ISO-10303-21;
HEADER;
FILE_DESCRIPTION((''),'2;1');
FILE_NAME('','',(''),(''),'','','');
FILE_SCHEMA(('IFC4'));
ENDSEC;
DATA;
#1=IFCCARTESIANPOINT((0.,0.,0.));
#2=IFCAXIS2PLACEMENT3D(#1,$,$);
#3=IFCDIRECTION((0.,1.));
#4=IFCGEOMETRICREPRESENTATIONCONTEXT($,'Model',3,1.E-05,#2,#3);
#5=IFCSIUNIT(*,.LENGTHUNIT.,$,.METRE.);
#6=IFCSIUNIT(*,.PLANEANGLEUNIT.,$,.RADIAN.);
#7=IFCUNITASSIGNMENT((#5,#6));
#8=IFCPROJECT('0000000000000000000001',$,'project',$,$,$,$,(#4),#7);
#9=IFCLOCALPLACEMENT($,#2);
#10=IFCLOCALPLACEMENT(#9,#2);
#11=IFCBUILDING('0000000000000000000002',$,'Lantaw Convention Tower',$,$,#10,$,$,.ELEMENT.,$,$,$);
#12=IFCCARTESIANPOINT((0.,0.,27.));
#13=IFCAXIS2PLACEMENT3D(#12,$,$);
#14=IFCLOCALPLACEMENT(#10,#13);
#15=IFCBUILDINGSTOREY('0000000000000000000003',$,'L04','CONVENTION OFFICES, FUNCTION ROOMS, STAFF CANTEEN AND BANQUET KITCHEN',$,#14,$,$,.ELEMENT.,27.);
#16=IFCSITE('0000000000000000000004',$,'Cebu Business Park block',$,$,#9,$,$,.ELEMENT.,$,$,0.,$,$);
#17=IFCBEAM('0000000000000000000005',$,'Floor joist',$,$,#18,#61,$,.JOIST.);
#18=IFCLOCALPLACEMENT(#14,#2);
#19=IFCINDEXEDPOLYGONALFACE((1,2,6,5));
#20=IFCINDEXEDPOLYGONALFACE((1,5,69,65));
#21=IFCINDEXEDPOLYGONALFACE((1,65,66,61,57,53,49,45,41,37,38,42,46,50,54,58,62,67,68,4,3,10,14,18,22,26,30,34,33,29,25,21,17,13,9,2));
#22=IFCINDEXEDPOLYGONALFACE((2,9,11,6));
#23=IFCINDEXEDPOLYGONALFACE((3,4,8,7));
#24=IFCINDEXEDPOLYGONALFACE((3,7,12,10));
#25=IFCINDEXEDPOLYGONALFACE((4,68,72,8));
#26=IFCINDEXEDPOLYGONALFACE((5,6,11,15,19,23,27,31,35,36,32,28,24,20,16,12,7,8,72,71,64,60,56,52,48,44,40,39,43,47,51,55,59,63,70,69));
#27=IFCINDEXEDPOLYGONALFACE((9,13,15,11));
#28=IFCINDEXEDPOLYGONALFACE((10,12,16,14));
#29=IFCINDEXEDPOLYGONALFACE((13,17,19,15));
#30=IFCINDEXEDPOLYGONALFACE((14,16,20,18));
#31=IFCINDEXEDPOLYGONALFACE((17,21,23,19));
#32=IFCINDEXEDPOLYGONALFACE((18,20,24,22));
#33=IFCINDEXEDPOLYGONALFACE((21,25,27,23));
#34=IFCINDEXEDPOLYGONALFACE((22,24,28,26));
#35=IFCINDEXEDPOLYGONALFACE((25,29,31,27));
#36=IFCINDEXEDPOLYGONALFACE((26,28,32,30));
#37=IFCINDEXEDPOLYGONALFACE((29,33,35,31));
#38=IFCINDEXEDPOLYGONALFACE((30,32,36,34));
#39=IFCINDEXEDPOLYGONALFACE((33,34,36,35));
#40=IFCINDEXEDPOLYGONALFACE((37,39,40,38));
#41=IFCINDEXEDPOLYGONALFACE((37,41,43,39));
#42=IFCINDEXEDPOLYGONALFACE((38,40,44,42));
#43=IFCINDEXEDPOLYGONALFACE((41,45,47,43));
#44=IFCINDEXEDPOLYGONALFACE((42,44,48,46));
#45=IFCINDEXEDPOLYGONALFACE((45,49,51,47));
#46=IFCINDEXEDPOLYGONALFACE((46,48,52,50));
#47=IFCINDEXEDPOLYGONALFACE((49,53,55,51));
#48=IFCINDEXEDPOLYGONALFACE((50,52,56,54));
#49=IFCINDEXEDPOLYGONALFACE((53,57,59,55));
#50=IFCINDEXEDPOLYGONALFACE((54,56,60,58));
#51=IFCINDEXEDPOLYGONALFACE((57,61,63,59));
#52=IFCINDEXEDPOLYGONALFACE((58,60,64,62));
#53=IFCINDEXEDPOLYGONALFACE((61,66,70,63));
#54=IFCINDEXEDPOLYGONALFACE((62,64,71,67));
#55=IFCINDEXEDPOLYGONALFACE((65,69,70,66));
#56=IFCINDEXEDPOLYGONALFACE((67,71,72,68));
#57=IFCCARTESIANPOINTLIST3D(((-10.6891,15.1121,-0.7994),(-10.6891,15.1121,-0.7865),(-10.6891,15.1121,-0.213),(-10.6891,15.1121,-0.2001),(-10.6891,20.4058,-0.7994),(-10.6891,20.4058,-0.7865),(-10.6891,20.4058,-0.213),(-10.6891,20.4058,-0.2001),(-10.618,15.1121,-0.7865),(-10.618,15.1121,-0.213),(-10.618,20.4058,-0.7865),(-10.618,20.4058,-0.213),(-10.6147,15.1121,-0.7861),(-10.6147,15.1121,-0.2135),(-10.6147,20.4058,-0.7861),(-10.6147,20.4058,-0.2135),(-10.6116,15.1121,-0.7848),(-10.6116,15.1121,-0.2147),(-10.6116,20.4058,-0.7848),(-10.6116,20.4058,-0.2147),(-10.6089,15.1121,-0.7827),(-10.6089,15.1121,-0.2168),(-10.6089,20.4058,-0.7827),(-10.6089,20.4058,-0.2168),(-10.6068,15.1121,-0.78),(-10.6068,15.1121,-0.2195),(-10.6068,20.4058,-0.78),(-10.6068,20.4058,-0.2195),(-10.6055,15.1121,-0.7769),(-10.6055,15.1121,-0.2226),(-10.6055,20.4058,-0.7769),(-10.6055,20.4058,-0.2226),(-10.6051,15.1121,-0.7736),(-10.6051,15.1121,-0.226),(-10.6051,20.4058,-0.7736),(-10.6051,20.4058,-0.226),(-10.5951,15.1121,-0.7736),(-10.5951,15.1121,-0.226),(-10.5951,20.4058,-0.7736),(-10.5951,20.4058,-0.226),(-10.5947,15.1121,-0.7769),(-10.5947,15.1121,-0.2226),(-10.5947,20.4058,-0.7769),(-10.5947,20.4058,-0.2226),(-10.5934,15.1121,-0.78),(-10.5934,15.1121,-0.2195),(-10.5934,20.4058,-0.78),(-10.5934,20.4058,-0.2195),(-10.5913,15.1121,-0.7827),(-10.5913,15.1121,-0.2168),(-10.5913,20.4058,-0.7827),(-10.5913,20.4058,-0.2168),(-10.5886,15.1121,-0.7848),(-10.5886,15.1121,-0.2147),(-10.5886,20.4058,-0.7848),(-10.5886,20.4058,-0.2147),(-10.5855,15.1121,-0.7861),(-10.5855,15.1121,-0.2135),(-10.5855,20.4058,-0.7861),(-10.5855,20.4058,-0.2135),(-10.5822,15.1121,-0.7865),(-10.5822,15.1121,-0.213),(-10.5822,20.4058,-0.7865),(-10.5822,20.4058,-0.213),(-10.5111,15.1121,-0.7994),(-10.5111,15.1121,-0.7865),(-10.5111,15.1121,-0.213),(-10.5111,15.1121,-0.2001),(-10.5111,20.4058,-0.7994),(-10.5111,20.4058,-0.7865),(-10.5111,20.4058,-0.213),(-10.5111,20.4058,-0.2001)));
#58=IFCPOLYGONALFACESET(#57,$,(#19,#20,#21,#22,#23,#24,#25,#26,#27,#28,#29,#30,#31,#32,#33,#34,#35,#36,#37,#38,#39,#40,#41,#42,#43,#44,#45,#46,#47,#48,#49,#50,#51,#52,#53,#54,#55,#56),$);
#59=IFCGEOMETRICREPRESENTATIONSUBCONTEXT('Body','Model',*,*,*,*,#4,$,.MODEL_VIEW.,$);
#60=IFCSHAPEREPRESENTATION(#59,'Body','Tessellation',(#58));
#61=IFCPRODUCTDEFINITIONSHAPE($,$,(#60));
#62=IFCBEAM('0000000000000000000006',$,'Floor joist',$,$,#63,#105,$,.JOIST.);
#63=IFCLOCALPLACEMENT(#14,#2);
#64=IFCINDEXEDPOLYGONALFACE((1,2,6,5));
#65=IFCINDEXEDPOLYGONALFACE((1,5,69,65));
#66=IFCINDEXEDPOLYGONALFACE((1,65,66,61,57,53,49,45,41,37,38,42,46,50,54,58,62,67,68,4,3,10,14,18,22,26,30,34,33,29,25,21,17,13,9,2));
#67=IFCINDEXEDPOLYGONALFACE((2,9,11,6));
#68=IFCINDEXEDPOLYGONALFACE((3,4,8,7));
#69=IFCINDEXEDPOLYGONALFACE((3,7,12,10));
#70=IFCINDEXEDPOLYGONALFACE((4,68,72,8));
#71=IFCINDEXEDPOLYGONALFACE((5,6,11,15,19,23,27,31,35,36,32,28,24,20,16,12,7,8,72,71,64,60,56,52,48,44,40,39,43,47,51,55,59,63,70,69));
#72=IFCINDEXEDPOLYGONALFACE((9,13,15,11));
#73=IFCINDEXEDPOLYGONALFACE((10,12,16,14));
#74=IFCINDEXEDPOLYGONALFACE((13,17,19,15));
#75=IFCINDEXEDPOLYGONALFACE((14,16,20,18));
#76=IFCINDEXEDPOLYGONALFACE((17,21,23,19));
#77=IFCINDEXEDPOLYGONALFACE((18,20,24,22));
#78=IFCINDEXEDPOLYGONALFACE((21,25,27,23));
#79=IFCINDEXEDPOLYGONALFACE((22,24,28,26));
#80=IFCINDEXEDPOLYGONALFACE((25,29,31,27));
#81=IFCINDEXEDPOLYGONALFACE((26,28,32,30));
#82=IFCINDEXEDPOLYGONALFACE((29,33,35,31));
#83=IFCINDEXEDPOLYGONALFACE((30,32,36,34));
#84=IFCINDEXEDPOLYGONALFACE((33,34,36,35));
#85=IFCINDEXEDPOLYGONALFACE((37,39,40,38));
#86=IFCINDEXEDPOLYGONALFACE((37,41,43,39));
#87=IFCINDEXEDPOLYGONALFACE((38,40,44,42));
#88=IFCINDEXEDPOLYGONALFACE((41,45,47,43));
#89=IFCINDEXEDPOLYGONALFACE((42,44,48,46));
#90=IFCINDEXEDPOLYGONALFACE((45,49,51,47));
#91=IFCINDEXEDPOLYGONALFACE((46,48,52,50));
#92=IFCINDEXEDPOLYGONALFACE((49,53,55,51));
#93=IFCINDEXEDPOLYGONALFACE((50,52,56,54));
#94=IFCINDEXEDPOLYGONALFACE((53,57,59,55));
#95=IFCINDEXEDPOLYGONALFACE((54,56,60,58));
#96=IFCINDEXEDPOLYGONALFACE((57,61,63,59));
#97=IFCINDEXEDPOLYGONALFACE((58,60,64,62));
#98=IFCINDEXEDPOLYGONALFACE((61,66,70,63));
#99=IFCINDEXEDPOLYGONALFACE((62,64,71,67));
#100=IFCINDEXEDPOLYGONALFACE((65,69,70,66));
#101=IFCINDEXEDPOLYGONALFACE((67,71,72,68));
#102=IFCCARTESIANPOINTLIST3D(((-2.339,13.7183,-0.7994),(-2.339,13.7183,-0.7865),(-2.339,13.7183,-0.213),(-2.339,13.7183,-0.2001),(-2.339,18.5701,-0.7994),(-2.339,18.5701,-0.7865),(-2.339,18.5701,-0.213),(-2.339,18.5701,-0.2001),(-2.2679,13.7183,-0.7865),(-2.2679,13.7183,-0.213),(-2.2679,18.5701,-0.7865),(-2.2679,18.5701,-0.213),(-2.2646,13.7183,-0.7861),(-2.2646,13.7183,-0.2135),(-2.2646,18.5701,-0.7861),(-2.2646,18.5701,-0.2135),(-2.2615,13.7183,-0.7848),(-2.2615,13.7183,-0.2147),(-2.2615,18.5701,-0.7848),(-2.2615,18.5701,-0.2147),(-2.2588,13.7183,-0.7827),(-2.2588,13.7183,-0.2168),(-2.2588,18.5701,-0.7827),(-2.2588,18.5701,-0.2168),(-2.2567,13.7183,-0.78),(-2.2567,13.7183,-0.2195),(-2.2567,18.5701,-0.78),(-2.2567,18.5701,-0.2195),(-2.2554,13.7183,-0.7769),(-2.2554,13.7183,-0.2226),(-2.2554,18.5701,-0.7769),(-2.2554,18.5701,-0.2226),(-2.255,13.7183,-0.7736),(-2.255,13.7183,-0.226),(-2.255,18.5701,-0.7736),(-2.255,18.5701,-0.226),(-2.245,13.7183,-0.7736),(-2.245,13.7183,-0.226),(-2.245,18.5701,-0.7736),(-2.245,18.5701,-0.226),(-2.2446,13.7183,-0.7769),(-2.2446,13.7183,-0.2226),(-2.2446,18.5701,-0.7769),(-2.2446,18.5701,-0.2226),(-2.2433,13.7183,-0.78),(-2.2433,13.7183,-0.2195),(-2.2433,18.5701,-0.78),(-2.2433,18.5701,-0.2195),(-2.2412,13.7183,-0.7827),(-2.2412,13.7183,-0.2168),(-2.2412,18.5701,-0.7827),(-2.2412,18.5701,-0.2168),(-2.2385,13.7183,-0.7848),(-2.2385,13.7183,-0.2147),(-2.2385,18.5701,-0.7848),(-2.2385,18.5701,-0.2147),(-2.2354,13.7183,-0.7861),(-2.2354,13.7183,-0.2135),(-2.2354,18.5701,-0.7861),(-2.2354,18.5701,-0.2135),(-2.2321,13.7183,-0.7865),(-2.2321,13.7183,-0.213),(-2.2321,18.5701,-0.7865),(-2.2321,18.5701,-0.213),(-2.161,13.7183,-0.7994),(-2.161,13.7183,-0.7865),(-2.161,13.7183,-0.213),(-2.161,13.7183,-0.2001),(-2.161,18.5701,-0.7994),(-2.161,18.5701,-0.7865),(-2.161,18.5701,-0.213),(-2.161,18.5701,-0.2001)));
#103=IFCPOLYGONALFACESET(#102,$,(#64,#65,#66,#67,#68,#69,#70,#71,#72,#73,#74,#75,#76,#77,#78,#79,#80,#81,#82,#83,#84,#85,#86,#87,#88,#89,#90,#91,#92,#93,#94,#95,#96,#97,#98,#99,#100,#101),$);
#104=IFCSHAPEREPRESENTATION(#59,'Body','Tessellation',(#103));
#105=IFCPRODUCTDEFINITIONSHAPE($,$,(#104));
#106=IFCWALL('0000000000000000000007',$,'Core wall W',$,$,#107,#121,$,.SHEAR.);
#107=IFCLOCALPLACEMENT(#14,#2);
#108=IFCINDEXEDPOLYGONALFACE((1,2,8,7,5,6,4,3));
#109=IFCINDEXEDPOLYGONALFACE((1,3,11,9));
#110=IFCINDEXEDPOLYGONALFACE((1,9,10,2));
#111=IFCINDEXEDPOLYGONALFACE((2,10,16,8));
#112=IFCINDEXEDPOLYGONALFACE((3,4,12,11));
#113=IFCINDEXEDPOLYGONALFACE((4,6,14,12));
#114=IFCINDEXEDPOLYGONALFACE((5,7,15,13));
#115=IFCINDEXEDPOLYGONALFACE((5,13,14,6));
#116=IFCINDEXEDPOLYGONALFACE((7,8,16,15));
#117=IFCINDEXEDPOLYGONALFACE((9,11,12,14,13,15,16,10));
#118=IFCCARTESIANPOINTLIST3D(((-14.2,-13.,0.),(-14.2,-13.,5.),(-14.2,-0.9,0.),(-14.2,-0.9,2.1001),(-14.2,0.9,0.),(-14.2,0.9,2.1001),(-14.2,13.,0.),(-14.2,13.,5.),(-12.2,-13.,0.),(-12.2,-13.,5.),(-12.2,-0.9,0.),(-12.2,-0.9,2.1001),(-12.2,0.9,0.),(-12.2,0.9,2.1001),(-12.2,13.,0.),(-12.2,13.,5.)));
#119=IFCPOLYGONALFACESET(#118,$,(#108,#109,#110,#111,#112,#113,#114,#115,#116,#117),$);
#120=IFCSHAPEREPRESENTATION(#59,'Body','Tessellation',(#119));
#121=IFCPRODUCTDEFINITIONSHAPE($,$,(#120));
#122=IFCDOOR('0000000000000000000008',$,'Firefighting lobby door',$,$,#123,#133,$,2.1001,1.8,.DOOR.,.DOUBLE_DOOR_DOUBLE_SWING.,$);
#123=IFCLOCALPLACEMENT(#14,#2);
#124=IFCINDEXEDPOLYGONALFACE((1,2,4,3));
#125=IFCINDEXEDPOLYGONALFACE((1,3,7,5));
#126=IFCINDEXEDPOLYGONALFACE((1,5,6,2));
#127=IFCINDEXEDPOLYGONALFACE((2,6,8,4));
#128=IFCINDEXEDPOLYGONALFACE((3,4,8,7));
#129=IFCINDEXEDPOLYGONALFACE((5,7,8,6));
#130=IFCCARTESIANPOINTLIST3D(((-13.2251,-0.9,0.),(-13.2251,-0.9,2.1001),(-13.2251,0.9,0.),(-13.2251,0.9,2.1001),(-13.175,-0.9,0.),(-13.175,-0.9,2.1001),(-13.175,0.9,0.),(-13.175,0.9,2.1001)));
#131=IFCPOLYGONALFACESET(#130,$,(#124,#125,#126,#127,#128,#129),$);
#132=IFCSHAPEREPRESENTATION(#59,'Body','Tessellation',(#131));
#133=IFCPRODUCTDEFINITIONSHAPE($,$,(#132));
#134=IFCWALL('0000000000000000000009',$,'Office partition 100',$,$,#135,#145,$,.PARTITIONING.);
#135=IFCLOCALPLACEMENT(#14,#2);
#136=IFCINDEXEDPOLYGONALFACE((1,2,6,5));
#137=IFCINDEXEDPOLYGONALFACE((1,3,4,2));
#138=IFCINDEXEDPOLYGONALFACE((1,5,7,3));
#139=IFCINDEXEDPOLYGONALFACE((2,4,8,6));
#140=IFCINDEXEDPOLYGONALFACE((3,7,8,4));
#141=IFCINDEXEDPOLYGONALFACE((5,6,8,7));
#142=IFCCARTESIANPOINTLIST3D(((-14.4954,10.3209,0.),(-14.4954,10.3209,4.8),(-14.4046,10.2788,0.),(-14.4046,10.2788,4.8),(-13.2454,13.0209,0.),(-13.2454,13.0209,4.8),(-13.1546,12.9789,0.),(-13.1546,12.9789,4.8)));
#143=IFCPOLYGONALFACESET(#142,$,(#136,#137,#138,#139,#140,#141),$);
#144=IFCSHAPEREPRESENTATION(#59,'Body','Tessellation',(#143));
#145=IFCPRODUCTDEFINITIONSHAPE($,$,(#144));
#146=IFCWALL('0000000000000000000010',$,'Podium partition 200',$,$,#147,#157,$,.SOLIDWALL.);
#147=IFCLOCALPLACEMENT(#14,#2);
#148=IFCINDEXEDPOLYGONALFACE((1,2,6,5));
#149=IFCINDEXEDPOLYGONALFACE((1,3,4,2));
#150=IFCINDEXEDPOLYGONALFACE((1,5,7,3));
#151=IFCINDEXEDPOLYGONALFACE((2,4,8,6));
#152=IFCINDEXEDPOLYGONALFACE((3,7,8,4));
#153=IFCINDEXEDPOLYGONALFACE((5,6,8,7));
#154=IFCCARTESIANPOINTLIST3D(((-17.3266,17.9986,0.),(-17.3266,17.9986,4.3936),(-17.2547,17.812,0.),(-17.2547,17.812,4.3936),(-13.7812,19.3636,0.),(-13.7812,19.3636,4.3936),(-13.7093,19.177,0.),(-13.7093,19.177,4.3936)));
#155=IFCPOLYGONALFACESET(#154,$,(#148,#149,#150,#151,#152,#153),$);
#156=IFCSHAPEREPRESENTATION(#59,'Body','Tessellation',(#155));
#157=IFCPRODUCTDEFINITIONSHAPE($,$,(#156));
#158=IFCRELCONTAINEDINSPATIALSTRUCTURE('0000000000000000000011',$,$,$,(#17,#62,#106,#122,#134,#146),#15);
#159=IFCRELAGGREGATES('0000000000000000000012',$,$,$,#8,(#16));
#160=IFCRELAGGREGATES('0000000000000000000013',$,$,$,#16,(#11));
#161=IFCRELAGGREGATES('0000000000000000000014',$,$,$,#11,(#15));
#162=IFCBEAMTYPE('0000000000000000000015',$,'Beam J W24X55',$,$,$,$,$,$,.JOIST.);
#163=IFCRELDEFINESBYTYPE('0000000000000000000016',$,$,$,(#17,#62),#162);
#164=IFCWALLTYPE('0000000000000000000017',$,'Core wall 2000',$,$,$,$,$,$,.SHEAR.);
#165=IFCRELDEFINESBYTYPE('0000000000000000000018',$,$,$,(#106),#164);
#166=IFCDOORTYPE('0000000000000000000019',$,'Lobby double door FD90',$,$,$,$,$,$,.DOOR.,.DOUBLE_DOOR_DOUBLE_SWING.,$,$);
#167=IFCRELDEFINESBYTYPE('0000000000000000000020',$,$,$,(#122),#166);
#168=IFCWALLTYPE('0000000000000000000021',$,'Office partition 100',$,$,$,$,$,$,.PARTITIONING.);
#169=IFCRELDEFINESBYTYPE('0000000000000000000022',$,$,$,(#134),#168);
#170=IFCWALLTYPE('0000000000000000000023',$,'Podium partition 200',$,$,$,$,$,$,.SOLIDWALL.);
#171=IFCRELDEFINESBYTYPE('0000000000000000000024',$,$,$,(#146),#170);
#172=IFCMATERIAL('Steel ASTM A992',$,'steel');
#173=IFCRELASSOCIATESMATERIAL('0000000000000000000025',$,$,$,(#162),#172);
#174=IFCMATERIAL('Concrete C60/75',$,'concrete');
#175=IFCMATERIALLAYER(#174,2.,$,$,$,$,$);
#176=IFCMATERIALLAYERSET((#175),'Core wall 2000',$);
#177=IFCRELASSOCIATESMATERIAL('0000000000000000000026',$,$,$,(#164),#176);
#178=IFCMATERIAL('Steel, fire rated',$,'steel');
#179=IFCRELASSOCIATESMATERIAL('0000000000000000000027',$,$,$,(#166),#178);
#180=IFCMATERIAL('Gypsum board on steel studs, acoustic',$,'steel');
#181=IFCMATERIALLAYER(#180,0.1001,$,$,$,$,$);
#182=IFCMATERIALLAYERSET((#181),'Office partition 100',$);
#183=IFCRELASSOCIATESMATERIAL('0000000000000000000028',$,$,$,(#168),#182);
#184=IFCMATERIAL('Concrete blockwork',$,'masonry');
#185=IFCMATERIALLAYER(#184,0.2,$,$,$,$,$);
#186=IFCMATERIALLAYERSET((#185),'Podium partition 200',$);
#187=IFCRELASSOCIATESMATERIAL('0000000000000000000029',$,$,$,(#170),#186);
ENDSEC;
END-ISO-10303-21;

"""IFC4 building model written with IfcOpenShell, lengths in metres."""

from ifc_helpers import new_model, si_unit, direction, frame, frame_2d, origin, origin_2d, place, context, subcontext, project, spatial, rectangle, i_section, extrude, material, layer, layer_set, material_profile, profile_set, type_object, element, fill, save


model = new_model("IFC4")

# Units and contexts
model_context = context("Model", 3, precision=1e-05, world=origin(), true_north=direction((0.0, 1.0)))
body_context = subcontext(model_context, "Body", "Model", "MODEL_VIEW")
ifc_project = project(units=[si_unit("LENGTHUNIT", "METRE"), si_unit("PLANEANGLEUNIT", "RADIAN")], contexts=[model_context])

# Site, building, storey
site_placement = place(None, origin())
site = spatial("IfcSite", under=ifc_project, at=site_placement, Name="Cebu Business Park block", CompositionType="ELEMENT", RefElevation=0.0)
building_placement = place(site_placement, origin())
building = spatial("IfcBuilding", under=site, at=building_placement, Name="Lantaw Convention Tower", CompositionType="ELEMENT")
storey_placement = place(building_placement, frame((0.0, 0.0, 27.0)))
storey = spatial("IfcBuildingStorey", under=building, at=storey_placement, Name="L04", Description="CONVENTION OFFICES, FUNCTION ROOMS, STAFF CANTEEN AND BANQUET KITCHEN", CompositionType="ELEMENT", Elevation=27.0)

# Shared definitions
ifc_material_1 = material(Name="Concrete C60/75", Category="concrete")

# Beams
ifc_material_2 = material(Name="Steel ASTM A992", Category="steel")
ifc_material_profile_1 = material_profile(ifc_material_2, i_section(OverallWidth=0.178, OverallDepth=0.5994, WebThickness=0.01, FlangeThickness=0.0129, FilletRadius=0.0129, at=origin_2d()), Name="W24X55")
ifc_profile_set_1 = profile_set([ifc_material_profile_1], Name="Steel ASTM A992")
beam_type_1 = type_object("IfcBeamType", Name="Beam J W24X55", PredefinedType="JOIST", material=ifc_profile_set_1)
beam_1_placement = place(storey_placement, frame((-10.6001, 15.1121, -0.4998), z_axis=(0.0, 1.0, 0.0), x_axis=(-1.0, 0.0, 0.0)))
element("IfcBeam", 1, at=beam_1_placement, inside=storey, type_object=beam_type_1, Name="Floor joist", PredefinedType="JOIST", context=body_context, shape_type="SweptSolid", body=[
    extrude(i_section(OverallWidth=0.178, OverallDepth=0.5994, WebThickness=0.01, FlangeThickness=0.0129, FilletRadius=0.0129, at=origin_2d()), origin(), (0.0, 0.0, 1.0), 5.2937),
])
beam_2_placement = place(storey_placement, frame((-2.25, 13.7183, -0.4998), z_axis=(0.0, 1.0, 0.0), x_axis=(-1.0, 0.0, 0.0)))
element("IfcBeam", 2, at=beam_2_placement, inside=storey, type_object=beam_type_1, Name="Floor joist", PredefinedType="JOIST", context=body_context, shape_type="SweptSolid", body=[
    extrude(i_section(OverallWidth=0.178, OverallDepth=0.5994, WebThickness=0.01, FlangeThickness=0.0129, FilletRadius=0.0129, at=origin_2d()), origin(), (0.0, 0.0, 1.0), 4.8518),
])

# Wall, opening, door
ifc_layer_1 = layer(ifc_material_1, 2.0)
ifc_layer_set_1 = layer_set([ifc_layer_1], Name="Core wall 2000")
wall_type_1 = type_object("IfcWallType", Name="Core wall 2000", PredefinedType="SHEAR", material=ifc_layer_set_1)
wall_1_placement = place(storey_placement, frame((-13.2, 13.0, 0.0), z_axis=(0.0, 0.0, 1.0), x_axis=(0.0, -1.0, 0.0)))
wall_1 = element("IfcWall", 3, at=wall_1_placement, inside=storey, type_object=wall_type_1, Name="Core wall W", PredefinedType="SHEAR", context=body_context, shape_type="SweptSolid", body=[
    extrude(rectangle(XDim=26.0, YDim=2.0, at=frame_2d((13.0, 0.0))), origin(), (0.0, 0.0, 1.0), 5.0),
])
opening_1_placement = place(wall_1_placement, frame((12.1001, 0.0, 0.0)))
opening_1 = element("IfcOpeningElement", 4, at=opening_1_placement, cuts=wall_1, PredefinedType="OPENING", context=body_context, shape_type="SweptSolid", body=[
    extrude(rectangle(XDim=1.8, YDim=2.1001, at=frame_2d((0.8999, 1.05))), frame((0.0, 1.01, 0.0), z_axis=(0.0, -1.0, 0.0), x_axis=(1.0, 0.0, 0.0)), (0.0, 0.0, 1.0), 2.02),
])
ifc_material_3 = material(Name="Steel, fire rated", Category="steel")
door_type_1 = type_object("IfcDoorType", Name="Lobby double door FD90", OperationType="DOUBLE_DOOR_DOUBLE_SWING", PredefinedType="DOOR", material=ifc_material_3)
door_1_placement = place(opening_1_placement, origin())
door_1 = element("IfcDoor", 5, at=door_1_placement, inside=storey, type_object=door_type_1, Name="Firefighting lobby door", OperationType="DOUBLE_DOOR_DOUBLE_SWING", OverallHeight=2.1001, OverallWidth=1.8, PredefinedType="DOOR", context=body_context, shape_type="SweptSolid", body=[
    extrude(rectangle(XDim=1.8, YDim=2.1001, at=frame_2d((0.8999, 1.05))), frame((0.0, 0.0249, 0.0), z_axis=(0.0, -1.0, 0.0), x_axis=(1.0, 0.0, 0.0)), (0.0, 0.0, 1.0), 0.05),
])
fill(opening_1, door_1)

# Walls
ifc_material_4 = material(Name="Gypsum board on steel studs, acoustic", Category="steel")
ifc_layer_2 = layer(ifc_material_4, 0.1001)
ifc_layer_set_2 = layer_set([ifc_layer_2], Name="Office partition 100")
wall_type_2 = type_object("IfcWallType", Name="Office partition 100", PredefinedType="PARTITIONING", material=ifc_layer_set_2)
wall_2_placement = place(storey_placement, frame((-13.2, 13.0, 0.0), z_axis=(0.0, 0.0, 1.0), x_axis=(-0.42013, -0.907464, 0.0)))
element("IfcWall", 6, at=wall_2_placement, inside=storey, type_object=wall_type_2, Name="Office partition 100", PredefinedType="PARTITIONING", context=body_context, shape_type="SweptSolid", body=[
    extrude(rectangle(XDim=2.9753, YDim=0.1001, at=frame_2d((1.4878, 0.0))), origin(), (0.0, 0.0, 1.0), 4.8),
])
ifc_material_5 = material(Name="Concrete blockwork", Category="masonry")
ifc_layer_3 = layer(ifc_material_5, 0.2)
ifc_layer_set_3 = layer_set([ifc_layer_3], Name="Podium partition 200")
wall_type_3 = type_object("IfcWallType", Name="Podium partition 200", PredefinedType="SOLIDWALL", material=ifc_layer_set_3)
wall_3_placement = place(storey_placement, frame((-13.7454, 19.2703, 0.0), z_axis=(0.0, 0.0, 1.0), x_axis=(-0.933225, -0.359293, 0.0)))
element("IfcWall", 7, at=wall_3_placement, inside=storey, type_object=wall_type_3, Name="Podium partition 200", PredefinedType="SOLIDWALL", context=body_context, shape_type="SweptSolid", body=[
    extrude(rectangle(XDim=3.7991, YDim=0.2, at=frame_2d((1.8994, 0.0))), origin(), (0.0, 0.0, 1.0), 4.3936),
])

save(model, "model.ifc")
